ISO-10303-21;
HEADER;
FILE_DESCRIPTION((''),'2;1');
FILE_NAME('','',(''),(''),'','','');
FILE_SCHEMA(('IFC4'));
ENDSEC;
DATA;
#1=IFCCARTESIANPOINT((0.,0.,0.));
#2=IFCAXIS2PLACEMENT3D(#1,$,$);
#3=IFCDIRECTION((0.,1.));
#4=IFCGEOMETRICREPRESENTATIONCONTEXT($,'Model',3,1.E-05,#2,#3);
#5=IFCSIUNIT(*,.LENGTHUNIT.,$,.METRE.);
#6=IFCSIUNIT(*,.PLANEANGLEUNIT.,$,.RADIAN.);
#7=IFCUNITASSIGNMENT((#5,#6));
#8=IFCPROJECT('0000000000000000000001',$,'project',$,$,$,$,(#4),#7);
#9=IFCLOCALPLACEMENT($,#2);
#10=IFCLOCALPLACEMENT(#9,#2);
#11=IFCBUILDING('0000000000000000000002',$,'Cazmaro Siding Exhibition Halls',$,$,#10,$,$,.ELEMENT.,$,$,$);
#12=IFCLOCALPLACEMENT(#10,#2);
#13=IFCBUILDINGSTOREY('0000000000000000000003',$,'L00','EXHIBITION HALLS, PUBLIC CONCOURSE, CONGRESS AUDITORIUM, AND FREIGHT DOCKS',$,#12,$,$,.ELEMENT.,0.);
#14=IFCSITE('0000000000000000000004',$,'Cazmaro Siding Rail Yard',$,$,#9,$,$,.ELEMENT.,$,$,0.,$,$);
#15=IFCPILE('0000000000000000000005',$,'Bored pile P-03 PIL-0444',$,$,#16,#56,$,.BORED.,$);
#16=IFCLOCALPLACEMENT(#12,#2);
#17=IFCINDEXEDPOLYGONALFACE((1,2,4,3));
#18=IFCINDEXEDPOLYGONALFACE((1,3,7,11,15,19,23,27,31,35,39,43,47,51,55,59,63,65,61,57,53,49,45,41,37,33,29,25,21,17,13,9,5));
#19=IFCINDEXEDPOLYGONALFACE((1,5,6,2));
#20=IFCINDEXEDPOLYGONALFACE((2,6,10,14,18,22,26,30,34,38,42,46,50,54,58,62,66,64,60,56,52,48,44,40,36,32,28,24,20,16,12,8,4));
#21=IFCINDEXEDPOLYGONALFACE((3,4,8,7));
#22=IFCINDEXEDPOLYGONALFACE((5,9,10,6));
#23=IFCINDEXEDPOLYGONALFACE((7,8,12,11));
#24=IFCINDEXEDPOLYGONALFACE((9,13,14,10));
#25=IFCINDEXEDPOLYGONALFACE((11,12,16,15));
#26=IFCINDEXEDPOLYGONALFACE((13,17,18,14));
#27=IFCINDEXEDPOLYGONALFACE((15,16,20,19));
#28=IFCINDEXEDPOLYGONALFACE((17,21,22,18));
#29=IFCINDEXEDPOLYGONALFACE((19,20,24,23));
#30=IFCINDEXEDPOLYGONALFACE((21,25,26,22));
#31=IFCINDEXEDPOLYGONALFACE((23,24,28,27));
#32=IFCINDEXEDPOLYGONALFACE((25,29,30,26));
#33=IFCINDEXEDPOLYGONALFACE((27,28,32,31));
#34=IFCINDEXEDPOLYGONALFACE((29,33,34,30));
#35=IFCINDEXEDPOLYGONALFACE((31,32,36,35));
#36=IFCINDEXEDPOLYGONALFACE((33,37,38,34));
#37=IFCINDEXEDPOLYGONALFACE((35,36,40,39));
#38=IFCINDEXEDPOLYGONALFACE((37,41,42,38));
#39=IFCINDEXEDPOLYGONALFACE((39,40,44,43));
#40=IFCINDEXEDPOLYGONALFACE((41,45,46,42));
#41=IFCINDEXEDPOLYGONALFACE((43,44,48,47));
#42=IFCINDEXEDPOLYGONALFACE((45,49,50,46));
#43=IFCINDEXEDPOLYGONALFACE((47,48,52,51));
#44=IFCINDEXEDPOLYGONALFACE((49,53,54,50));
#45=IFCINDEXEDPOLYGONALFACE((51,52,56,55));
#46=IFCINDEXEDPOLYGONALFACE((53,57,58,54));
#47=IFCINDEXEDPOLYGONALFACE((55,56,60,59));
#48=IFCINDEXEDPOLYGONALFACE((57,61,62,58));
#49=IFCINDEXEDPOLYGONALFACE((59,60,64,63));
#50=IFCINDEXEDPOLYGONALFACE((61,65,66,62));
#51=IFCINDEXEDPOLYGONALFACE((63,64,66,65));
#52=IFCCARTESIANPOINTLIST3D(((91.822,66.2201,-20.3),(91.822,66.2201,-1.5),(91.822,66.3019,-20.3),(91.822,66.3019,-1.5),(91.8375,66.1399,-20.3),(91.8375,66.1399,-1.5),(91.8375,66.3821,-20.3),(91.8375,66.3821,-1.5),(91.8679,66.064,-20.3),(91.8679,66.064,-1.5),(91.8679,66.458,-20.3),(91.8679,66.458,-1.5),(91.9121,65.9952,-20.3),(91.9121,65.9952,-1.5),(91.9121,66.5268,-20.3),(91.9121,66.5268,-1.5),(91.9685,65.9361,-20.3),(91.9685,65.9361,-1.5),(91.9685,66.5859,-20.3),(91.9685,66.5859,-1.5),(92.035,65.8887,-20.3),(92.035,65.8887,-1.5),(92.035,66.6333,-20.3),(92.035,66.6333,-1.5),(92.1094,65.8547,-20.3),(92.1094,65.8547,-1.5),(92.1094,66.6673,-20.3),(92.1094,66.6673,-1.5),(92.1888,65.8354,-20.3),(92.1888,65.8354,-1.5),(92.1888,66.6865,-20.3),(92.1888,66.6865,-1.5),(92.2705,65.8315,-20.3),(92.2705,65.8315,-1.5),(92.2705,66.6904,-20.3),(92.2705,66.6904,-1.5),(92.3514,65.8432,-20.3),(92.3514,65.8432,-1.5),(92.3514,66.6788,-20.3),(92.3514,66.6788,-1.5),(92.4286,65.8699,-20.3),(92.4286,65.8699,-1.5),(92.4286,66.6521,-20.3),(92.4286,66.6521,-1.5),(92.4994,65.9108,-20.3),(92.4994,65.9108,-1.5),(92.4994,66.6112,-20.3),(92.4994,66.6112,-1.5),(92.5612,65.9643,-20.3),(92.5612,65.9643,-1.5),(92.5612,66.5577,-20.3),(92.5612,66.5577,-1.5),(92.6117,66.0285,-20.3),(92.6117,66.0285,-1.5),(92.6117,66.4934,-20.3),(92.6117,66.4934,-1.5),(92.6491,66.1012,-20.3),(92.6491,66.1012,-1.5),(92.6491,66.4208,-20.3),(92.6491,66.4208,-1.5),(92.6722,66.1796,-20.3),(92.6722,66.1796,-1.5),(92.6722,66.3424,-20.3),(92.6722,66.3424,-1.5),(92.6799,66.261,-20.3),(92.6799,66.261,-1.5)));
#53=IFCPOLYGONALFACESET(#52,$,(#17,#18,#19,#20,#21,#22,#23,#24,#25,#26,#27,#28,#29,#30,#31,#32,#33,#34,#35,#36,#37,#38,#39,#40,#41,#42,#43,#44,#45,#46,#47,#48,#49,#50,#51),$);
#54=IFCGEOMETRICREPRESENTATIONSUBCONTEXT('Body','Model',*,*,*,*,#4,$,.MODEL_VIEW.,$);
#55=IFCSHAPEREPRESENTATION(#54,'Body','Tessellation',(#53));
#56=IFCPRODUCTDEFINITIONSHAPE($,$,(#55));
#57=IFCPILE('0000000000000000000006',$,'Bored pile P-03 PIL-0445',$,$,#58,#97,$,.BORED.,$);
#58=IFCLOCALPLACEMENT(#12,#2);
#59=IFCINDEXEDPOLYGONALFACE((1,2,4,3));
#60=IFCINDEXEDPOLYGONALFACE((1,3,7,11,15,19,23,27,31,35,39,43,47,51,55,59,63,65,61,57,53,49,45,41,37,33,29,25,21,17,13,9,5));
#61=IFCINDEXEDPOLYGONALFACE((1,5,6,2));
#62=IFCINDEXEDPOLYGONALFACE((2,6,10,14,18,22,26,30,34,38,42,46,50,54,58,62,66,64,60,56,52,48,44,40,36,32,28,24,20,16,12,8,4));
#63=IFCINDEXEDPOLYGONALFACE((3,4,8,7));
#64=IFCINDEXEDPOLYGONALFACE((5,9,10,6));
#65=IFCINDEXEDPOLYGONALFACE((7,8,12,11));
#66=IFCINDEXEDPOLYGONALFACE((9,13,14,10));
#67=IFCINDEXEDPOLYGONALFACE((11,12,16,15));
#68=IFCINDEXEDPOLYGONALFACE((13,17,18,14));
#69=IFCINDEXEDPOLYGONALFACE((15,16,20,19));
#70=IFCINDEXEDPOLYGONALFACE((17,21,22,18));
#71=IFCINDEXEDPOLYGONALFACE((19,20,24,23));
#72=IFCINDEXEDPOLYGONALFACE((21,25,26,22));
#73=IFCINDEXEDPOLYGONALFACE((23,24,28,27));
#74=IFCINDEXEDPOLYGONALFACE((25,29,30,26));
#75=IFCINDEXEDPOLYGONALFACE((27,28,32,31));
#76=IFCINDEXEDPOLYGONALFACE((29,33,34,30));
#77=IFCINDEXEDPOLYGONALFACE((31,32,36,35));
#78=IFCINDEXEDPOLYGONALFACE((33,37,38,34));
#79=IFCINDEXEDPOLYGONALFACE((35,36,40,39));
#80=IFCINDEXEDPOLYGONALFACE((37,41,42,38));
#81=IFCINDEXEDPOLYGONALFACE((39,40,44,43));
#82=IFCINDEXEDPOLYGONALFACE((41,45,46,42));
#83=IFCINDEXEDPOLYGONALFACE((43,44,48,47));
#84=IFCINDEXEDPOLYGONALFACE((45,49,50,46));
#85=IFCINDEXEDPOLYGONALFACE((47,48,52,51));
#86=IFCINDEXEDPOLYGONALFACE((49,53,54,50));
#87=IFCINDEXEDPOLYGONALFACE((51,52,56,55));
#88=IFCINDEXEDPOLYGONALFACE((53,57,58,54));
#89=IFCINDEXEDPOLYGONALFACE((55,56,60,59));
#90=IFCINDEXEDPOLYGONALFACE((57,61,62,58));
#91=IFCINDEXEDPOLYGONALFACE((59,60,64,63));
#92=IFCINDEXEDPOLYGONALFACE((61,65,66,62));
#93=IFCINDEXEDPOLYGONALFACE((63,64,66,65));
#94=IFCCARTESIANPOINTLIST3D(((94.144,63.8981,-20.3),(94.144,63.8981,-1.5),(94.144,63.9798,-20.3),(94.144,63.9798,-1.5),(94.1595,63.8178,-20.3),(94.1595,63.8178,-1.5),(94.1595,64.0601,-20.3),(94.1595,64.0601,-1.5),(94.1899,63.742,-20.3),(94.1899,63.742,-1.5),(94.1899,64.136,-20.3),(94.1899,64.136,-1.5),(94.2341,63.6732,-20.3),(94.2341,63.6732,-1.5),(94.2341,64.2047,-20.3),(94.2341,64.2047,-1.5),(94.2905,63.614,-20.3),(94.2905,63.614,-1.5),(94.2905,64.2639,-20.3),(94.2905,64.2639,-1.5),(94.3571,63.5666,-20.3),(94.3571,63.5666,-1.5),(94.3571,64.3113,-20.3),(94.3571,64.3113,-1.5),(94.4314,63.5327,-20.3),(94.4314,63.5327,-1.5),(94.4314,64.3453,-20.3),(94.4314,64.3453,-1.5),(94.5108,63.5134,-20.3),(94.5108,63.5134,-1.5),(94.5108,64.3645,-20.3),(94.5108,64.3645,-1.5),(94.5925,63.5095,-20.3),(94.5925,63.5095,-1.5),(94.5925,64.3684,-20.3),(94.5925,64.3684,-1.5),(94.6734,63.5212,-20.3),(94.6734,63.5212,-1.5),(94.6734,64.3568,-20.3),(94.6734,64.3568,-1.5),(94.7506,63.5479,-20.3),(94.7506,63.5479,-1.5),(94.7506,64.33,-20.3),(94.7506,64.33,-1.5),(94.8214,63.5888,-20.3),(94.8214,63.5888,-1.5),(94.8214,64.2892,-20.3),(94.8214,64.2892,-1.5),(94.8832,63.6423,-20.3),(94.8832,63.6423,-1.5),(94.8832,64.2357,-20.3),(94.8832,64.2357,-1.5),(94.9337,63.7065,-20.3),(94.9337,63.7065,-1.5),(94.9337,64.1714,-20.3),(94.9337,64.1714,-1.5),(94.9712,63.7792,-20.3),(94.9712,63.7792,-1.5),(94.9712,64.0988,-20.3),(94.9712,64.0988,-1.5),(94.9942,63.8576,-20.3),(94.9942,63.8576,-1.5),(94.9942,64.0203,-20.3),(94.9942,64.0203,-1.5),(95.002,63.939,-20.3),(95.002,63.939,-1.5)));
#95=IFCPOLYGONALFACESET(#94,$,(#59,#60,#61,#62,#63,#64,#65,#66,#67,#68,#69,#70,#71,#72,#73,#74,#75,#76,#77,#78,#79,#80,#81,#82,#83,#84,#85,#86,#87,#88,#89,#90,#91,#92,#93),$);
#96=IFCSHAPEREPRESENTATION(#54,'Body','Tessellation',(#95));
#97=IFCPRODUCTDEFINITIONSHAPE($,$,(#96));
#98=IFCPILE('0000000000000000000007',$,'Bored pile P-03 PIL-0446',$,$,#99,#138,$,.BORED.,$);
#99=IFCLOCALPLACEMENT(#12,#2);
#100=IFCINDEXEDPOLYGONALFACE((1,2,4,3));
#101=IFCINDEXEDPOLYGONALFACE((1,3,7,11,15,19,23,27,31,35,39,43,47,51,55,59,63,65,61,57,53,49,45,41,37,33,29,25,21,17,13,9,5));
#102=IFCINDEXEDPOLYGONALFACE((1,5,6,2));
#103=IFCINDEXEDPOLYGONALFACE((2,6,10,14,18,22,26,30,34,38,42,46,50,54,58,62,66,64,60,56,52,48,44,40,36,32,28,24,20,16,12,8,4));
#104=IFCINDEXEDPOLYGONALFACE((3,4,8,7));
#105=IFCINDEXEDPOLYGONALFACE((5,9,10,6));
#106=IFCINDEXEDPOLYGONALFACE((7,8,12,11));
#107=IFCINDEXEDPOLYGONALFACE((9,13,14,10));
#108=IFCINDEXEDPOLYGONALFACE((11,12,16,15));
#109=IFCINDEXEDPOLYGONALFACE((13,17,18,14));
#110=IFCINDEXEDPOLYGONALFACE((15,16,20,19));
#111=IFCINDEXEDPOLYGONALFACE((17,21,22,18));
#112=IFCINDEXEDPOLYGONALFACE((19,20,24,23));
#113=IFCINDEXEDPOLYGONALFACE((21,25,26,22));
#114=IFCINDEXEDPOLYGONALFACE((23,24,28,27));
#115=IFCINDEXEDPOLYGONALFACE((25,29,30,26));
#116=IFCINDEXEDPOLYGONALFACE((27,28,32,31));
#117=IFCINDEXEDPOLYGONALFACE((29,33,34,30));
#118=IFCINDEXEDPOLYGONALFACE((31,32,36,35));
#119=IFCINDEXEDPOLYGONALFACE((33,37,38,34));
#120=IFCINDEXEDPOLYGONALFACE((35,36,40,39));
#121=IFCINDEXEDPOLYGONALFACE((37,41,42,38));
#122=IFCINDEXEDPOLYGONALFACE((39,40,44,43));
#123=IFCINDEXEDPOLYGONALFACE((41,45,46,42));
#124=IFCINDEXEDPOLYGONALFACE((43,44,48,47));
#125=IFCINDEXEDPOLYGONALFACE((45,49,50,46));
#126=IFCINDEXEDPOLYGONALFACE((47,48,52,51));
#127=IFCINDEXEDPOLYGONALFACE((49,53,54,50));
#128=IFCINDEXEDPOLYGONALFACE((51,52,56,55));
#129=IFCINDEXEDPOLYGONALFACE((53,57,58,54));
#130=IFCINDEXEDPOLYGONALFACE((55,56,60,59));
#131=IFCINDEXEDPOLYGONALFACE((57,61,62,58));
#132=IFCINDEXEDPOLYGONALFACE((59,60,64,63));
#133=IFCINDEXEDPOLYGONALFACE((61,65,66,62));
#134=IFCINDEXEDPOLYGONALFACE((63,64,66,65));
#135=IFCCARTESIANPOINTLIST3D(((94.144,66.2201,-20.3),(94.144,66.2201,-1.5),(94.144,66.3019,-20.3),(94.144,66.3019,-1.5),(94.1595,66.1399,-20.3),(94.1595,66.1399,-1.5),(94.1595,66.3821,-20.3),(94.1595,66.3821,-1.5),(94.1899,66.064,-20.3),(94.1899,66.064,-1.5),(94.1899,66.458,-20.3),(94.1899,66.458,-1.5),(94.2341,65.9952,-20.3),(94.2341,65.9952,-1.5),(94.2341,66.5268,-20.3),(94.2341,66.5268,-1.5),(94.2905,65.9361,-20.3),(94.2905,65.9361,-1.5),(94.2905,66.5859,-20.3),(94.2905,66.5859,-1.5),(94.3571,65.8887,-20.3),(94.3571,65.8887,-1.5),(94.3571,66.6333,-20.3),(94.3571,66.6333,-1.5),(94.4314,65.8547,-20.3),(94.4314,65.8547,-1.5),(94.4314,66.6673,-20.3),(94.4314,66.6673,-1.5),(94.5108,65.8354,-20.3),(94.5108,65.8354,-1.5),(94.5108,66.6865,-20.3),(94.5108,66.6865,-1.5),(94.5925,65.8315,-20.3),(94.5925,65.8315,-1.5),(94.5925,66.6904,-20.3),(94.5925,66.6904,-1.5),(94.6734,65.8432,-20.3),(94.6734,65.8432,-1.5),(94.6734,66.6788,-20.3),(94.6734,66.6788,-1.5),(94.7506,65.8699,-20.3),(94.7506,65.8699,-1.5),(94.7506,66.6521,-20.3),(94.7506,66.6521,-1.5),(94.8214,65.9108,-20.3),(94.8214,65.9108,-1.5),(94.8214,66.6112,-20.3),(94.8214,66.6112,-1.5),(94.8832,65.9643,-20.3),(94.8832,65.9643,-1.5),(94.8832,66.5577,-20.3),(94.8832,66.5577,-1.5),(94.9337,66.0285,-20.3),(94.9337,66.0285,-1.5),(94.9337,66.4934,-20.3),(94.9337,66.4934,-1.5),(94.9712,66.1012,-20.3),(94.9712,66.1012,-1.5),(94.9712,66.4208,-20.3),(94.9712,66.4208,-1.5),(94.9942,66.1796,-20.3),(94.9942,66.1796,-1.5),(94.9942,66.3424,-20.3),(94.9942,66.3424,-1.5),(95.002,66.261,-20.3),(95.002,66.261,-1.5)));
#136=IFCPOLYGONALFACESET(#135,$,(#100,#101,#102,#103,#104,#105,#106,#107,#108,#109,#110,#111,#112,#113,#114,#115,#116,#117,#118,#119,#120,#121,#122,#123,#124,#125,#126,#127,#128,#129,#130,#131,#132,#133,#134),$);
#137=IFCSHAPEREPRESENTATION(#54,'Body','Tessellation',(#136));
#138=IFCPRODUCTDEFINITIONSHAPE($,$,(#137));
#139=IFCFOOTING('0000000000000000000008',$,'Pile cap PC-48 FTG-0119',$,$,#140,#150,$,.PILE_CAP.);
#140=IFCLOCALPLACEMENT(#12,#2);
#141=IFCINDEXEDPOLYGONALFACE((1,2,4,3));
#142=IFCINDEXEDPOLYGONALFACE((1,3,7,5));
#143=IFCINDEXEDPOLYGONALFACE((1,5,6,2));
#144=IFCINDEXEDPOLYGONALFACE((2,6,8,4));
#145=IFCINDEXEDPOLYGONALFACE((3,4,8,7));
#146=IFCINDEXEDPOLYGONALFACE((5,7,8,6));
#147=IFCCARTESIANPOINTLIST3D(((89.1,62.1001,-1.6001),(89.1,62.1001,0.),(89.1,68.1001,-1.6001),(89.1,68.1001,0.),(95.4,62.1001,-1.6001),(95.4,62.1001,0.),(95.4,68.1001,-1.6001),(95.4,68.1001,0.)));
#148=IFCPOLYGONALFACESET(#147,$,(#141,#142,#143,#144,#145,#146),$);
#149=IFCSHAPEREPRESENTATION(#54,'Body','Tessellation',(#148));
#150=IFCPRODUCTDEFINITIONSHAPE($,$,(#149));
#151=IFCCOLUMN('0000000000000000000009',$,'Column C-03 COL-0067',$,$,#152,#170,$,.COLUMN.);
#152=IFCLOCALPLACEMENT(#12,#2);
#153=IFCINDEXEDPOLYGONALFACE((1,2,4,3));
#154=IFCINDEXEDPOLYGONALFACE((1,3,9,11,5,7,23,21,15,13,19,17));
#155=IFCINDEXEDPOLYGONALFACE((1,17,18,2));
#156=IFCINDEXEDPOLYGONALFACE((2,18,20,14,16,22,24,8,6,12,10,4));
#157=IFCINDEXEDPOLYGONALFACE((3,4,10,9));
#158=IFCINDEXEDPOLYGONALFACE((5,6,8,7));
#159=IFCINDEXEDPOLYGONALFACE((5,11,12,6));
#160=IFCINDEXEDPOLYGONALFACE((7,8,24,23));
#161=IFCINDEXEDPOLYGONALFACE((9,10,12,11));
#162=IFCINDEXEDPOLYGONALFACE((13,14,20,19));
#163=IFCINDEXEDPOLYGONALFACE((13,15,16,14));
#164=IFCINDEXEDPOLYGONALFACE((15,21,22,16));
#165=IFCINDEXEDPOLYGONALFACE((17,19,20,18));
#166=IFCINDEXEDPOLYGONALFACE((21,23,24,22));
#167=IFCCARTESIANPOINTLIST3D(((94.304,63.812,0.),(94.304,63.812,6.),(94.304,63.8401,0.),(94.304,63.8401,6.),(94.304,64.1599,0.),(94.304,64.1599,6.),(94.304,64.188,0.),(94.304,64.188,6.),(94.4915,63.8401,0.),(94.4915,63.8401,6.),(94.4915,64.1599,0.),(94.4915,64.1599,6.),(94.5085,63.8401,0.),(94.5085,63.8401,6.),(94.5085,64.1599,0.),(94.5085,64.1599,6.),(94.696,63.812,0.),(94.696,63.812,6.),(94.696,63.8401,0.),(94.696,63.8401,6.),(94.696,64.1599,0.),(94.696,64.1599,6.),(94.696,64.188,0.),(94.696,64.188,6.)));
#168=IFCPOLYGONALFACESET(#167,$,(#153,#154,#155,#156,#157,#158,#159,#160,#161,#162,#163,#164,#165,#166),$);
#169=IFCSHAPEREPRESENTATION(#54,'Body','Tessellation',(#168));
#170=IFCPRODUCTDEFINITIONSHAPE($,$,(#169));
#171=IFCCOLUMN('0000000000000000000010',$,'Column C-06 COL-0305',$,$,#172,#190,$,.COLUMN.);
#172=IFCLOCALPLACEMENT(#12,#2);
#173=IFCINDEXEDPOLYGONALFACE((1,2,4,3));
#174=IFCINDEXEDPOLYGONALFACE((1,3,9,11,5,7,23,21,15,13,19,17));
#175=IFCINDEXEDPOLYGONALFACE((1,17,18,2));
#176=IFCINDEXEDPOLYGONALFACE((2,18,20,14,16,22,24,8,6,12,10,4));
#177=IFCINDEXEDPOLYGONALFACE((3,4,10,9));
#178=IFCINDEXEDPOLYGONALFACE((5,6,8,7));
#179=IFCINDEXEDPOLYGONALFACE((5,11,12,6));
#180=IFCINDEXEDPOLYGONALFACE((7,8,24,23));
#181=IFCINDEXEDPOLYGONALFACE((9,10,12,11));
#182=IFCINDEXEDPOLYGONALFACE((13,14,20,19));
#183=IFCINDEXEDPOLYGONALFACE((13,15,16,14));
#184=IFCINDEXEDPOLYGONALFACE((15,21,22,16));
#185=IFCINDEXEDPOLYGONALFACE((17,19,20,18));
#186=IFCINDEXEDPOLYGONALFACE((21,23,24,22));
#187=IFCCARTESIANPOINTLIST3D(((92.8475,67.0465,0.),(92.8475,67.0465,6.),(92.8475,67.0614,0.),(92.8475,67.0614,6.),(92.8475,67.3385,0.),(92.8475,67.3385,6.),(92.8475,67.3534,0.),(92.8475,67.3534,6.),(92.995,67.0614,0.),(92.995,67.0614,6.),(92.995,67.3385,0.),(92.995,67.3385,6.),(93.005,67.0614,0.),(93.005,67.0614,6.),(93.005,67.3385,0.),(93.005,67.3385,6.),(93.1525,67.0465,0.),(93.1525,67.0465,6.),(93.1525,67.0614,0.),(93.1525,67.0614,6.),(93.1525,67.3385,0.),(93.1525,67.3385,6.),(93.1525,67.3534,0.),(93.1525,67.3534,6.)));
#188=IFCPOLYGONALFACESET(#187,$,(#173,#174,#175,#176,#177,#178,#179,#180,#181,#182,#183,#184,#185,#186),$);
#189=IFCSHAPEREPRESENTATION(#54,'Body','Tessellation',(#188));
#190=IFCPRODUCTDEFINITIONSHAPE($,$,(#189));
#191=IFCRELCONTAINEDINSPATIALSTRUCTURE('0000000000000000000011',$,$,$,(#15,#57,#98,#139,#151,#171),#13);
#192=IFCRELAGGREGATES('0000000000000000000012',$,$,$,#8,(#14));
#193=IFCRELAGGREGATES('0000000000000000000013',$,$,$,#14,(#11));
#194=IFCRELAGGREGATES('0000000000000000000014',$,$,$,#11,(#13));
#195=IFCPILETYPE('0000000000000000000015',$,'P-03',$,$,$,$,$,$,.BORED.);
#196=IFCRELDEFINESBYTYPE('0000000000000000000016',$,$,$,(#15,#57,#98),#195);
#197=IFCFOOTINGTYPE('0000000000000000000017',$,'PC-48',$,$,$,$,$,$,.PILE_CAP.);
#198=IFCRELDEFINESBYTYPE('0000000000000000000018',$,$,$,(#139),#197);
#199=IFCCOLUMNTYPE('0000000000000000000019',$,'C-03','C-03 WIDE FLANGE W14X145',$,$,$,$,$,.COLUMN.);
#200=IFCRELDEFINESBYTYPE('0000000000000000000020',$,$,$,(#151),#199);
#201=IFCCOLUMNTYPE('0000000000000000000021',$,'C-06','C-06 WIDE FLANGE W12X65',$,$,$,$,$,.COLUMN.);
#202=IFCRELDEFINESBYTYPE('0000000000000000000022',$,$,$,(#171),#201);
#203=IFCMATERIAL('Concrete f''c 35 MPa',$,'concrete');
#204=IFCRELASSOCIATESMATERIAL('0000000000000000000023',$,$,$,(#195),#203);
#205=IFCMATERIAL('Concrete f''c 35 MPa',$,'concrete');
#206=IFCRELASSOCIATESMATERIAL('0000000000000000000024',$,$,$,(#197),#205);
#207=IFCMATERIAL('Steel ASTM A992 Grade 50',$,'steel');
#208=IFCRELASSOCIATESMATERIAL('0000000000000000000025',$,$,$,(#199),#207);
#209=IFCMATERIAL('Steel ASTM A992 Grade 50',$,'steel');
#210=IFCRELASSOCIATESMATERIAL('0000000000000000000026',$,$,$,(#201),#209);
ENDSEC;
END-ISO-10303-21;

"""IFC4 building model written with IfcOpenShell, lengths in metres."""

from ifc_helpers import new_model, si_unit, direction, frame, origin, origin_2d, place, context, subcontext, project, spatial, rectangle, circle, i_section, extrude, material, material_profile, profile_set, type_object, element, save


model = new_model("IFC4")

# Units and contexts
model_context = context("Model", 3, precision=1e-05, world=origin(), true_north=direction((0.0, 1.0)))
body_context = subcontext(model_context, "Body", "Model", "MODEL_VIEW")
ifc_project = project(units=[si_unit("LENGTHUNIT", "METRE"), si_unit("PLANEANGLEUNIT", "RADIAN")], contexts=[model_context])

# Site, building, storey
site_placement = place(None, origin())
site = spatial("IfcSite", under=ifc_project, at=site_placement, Name="Cazmaro Siding Rail Yard", CompositionType="ELEMENT", RefElevation=0.0)
building_placement = place(site_placement, origin())
building = spatial("IfcBuilding", under=site, at=building_placement, Name="Cazmaro Siding Exhibition Halls", CompositionType="ELEMENT")
storey_placement = place(building_placement, origin())
storey = spatial("IfcBuildingStorey", under=building, at=storey_placement, Name="L00", Description="EXHIBITION HALLS, PUBLIC CONCOURSE, CONGRESS AUDITORIUM, AND FREIGHT DOCKS", CompositionType="ELEMENT", Elevation=0.0)

# Piles
ifc_material_1 = material(Name="Concrete f'c 35 MPa", Category="concrete")
ifc_material_profile_1 = material_profile(ifc_material_1, circle(Radius=0.4299, at=origin_2d()), Name="CIDH-860")
ifc_profile_set_1 = profile_set([ifc_material_profile_1], Name="Concrete f'c 35 MPa")
pile_type = type_object("IfcPileType", Name="P-03", PredefinedType="BORED", material=ifc_profile_set_1)
for number, where, z_axis, x_axis, name in (
    (1, (92.25, 66.261, -1.5), (0.0, 0.0, -1.0), (1.0, 0.0, 0.0), "Bored pile P-03 PIL-0444"),
    (2, (94.572, 63.939, -1.5), (0.0, 0.0, -1.0), (1.0, 0.0, 0.0), "Bored pile P-03 PIL-0445"),
    (3, (94.572, 66.261, -1.5), (0.0, 0.0, -1.0), (1.0, 0.0, 0.0), "Bored pile P-03 PIL-0446"),
):
    element("IfcPile", number, at=place(storey_placement, frame(where, z_axis=z_axis, x_axis=x_axis)), inside=storey, type_object=pile_type, Name=name, PredefinedType="BORED", context=body_context, shape_type="SweptSolid", body=[
        extrude(circle(Radius=0.4299, at=origin_2d()), origin(), (0.0, 0.0, 1.0), 18.8),
    ])

# Footing
ifc_material_2 = material(Name="Concrete f'c 35 MPa", Category="concrete")
footing_type = type_object("IfcFootingType", Name="PC-48", PredefinedType="PILE_CAP", material=ifc_material_2)
footing_placement = place(storey_placement, frame((92.25, 65.1001, -1.6001), z_axis=(0.0, 0.0, 1.0), x_axis=(1.0, 0.0, 0.0)))
element("IfcFooting", 4, at=footing_placement, inside=storey, type_object=footing_type, Name="Pile cap PC-48 FTG-0119", PredefinedType="PILE_CAP", context=body_context, shape_type="SweptSolid", body=[
    extrude(rectangle(XDim=6.3, YDim=6.0, at=origin_2d()), origin(), (0.0, 0.0, 1.0), 1.6001),
])

# Columns
ifc_material_3 = material(Name="Steel ASTM A992 Grade 50", Category="steel")
ifc_material_profile_2 = material_profile(ifc_material_3, i_section(OverallWidth=0.3921, OverallDepth=0.376, WebThickness=0.0171, FlangeThickness=0.0281, at=origin_2d()), Name="W14X145")
ifc_profile_set_2 = profile_set([ifc_material_profile_2], Name="Steel ASTM A992 Grade 50")
column_type_1 = type_object("IfcColumnType", Name="C-03", Description="C-03 WIDE FLANGE W14X145", PredefinedType="COLUMN", material=ifc_profile_set_2)
column_1_placement = place(storey_placement, frame((94.5, 64.0, 0.0), z_axis=(0.0, 0.0, 1.0), x_axis=(1.0, 0.0, 0.0)))
element("IfcColumn", 5, at=column_1_placement, inside=storey, type_object=column_type_1, Name="Column C-03 COL-0067", PredefinedType="COLUMN", context=body_context, shape_type="SweptSolid", body=[
    extrude(i_section(OverallWidth=0.3921, OverallDepth=0.376, WebThickness=0.0171, FlangeThickness=0.0281, at=origin_2d()), origin(), (0.0, 0.0, 1.0), 6.0),
])
ifc_material_4 = material(Name="Steel ASTM A992 Grade 50", Category="steel")
ifc_material_profile_3 = material_profile(ifc_material_4, i_section(OverallWidth=0.3049, OverallDepth=0.3069, WebThickness=0.01, FlangeThickness=0.0149, at=origin_2d()), Name="W12X65")
ifc_profile_set_3 = profile_set([ifc_material_profile_3], Name="Steel ASTM A992 Grade 50")
column_type_2 = type_object("IfcColumnType", Name="C-06", Description="C-06 WIDE FLANGE W12X65", PredefinedType="COLUMN", material=ifc_profile_set_3)
column_2_placement = place(storey_placement, frame((93.0, 67.2, 0.0), z_axis=(0.0, 0.0, 1.0), x_axis=(1.0, 0.0, 0.0)))
element("IfcColumn", 6, at=column_2_placement, inside=storey, type_object=column_type_2, Name="Column C-06 COL-0305", PredefinedType="COLUMN", context=body_context, shape_type="SweptSolid", body=[
    extrude(i_section(OverallWidth=0.3049, OverallDepth=0.3069, WebThickness=0.01, FlangeThickness=0.0149, at=origin_2d()), origin(), (0.0, 0.0, 1.0), 6.0),
])

save(model, "model.ifc")
